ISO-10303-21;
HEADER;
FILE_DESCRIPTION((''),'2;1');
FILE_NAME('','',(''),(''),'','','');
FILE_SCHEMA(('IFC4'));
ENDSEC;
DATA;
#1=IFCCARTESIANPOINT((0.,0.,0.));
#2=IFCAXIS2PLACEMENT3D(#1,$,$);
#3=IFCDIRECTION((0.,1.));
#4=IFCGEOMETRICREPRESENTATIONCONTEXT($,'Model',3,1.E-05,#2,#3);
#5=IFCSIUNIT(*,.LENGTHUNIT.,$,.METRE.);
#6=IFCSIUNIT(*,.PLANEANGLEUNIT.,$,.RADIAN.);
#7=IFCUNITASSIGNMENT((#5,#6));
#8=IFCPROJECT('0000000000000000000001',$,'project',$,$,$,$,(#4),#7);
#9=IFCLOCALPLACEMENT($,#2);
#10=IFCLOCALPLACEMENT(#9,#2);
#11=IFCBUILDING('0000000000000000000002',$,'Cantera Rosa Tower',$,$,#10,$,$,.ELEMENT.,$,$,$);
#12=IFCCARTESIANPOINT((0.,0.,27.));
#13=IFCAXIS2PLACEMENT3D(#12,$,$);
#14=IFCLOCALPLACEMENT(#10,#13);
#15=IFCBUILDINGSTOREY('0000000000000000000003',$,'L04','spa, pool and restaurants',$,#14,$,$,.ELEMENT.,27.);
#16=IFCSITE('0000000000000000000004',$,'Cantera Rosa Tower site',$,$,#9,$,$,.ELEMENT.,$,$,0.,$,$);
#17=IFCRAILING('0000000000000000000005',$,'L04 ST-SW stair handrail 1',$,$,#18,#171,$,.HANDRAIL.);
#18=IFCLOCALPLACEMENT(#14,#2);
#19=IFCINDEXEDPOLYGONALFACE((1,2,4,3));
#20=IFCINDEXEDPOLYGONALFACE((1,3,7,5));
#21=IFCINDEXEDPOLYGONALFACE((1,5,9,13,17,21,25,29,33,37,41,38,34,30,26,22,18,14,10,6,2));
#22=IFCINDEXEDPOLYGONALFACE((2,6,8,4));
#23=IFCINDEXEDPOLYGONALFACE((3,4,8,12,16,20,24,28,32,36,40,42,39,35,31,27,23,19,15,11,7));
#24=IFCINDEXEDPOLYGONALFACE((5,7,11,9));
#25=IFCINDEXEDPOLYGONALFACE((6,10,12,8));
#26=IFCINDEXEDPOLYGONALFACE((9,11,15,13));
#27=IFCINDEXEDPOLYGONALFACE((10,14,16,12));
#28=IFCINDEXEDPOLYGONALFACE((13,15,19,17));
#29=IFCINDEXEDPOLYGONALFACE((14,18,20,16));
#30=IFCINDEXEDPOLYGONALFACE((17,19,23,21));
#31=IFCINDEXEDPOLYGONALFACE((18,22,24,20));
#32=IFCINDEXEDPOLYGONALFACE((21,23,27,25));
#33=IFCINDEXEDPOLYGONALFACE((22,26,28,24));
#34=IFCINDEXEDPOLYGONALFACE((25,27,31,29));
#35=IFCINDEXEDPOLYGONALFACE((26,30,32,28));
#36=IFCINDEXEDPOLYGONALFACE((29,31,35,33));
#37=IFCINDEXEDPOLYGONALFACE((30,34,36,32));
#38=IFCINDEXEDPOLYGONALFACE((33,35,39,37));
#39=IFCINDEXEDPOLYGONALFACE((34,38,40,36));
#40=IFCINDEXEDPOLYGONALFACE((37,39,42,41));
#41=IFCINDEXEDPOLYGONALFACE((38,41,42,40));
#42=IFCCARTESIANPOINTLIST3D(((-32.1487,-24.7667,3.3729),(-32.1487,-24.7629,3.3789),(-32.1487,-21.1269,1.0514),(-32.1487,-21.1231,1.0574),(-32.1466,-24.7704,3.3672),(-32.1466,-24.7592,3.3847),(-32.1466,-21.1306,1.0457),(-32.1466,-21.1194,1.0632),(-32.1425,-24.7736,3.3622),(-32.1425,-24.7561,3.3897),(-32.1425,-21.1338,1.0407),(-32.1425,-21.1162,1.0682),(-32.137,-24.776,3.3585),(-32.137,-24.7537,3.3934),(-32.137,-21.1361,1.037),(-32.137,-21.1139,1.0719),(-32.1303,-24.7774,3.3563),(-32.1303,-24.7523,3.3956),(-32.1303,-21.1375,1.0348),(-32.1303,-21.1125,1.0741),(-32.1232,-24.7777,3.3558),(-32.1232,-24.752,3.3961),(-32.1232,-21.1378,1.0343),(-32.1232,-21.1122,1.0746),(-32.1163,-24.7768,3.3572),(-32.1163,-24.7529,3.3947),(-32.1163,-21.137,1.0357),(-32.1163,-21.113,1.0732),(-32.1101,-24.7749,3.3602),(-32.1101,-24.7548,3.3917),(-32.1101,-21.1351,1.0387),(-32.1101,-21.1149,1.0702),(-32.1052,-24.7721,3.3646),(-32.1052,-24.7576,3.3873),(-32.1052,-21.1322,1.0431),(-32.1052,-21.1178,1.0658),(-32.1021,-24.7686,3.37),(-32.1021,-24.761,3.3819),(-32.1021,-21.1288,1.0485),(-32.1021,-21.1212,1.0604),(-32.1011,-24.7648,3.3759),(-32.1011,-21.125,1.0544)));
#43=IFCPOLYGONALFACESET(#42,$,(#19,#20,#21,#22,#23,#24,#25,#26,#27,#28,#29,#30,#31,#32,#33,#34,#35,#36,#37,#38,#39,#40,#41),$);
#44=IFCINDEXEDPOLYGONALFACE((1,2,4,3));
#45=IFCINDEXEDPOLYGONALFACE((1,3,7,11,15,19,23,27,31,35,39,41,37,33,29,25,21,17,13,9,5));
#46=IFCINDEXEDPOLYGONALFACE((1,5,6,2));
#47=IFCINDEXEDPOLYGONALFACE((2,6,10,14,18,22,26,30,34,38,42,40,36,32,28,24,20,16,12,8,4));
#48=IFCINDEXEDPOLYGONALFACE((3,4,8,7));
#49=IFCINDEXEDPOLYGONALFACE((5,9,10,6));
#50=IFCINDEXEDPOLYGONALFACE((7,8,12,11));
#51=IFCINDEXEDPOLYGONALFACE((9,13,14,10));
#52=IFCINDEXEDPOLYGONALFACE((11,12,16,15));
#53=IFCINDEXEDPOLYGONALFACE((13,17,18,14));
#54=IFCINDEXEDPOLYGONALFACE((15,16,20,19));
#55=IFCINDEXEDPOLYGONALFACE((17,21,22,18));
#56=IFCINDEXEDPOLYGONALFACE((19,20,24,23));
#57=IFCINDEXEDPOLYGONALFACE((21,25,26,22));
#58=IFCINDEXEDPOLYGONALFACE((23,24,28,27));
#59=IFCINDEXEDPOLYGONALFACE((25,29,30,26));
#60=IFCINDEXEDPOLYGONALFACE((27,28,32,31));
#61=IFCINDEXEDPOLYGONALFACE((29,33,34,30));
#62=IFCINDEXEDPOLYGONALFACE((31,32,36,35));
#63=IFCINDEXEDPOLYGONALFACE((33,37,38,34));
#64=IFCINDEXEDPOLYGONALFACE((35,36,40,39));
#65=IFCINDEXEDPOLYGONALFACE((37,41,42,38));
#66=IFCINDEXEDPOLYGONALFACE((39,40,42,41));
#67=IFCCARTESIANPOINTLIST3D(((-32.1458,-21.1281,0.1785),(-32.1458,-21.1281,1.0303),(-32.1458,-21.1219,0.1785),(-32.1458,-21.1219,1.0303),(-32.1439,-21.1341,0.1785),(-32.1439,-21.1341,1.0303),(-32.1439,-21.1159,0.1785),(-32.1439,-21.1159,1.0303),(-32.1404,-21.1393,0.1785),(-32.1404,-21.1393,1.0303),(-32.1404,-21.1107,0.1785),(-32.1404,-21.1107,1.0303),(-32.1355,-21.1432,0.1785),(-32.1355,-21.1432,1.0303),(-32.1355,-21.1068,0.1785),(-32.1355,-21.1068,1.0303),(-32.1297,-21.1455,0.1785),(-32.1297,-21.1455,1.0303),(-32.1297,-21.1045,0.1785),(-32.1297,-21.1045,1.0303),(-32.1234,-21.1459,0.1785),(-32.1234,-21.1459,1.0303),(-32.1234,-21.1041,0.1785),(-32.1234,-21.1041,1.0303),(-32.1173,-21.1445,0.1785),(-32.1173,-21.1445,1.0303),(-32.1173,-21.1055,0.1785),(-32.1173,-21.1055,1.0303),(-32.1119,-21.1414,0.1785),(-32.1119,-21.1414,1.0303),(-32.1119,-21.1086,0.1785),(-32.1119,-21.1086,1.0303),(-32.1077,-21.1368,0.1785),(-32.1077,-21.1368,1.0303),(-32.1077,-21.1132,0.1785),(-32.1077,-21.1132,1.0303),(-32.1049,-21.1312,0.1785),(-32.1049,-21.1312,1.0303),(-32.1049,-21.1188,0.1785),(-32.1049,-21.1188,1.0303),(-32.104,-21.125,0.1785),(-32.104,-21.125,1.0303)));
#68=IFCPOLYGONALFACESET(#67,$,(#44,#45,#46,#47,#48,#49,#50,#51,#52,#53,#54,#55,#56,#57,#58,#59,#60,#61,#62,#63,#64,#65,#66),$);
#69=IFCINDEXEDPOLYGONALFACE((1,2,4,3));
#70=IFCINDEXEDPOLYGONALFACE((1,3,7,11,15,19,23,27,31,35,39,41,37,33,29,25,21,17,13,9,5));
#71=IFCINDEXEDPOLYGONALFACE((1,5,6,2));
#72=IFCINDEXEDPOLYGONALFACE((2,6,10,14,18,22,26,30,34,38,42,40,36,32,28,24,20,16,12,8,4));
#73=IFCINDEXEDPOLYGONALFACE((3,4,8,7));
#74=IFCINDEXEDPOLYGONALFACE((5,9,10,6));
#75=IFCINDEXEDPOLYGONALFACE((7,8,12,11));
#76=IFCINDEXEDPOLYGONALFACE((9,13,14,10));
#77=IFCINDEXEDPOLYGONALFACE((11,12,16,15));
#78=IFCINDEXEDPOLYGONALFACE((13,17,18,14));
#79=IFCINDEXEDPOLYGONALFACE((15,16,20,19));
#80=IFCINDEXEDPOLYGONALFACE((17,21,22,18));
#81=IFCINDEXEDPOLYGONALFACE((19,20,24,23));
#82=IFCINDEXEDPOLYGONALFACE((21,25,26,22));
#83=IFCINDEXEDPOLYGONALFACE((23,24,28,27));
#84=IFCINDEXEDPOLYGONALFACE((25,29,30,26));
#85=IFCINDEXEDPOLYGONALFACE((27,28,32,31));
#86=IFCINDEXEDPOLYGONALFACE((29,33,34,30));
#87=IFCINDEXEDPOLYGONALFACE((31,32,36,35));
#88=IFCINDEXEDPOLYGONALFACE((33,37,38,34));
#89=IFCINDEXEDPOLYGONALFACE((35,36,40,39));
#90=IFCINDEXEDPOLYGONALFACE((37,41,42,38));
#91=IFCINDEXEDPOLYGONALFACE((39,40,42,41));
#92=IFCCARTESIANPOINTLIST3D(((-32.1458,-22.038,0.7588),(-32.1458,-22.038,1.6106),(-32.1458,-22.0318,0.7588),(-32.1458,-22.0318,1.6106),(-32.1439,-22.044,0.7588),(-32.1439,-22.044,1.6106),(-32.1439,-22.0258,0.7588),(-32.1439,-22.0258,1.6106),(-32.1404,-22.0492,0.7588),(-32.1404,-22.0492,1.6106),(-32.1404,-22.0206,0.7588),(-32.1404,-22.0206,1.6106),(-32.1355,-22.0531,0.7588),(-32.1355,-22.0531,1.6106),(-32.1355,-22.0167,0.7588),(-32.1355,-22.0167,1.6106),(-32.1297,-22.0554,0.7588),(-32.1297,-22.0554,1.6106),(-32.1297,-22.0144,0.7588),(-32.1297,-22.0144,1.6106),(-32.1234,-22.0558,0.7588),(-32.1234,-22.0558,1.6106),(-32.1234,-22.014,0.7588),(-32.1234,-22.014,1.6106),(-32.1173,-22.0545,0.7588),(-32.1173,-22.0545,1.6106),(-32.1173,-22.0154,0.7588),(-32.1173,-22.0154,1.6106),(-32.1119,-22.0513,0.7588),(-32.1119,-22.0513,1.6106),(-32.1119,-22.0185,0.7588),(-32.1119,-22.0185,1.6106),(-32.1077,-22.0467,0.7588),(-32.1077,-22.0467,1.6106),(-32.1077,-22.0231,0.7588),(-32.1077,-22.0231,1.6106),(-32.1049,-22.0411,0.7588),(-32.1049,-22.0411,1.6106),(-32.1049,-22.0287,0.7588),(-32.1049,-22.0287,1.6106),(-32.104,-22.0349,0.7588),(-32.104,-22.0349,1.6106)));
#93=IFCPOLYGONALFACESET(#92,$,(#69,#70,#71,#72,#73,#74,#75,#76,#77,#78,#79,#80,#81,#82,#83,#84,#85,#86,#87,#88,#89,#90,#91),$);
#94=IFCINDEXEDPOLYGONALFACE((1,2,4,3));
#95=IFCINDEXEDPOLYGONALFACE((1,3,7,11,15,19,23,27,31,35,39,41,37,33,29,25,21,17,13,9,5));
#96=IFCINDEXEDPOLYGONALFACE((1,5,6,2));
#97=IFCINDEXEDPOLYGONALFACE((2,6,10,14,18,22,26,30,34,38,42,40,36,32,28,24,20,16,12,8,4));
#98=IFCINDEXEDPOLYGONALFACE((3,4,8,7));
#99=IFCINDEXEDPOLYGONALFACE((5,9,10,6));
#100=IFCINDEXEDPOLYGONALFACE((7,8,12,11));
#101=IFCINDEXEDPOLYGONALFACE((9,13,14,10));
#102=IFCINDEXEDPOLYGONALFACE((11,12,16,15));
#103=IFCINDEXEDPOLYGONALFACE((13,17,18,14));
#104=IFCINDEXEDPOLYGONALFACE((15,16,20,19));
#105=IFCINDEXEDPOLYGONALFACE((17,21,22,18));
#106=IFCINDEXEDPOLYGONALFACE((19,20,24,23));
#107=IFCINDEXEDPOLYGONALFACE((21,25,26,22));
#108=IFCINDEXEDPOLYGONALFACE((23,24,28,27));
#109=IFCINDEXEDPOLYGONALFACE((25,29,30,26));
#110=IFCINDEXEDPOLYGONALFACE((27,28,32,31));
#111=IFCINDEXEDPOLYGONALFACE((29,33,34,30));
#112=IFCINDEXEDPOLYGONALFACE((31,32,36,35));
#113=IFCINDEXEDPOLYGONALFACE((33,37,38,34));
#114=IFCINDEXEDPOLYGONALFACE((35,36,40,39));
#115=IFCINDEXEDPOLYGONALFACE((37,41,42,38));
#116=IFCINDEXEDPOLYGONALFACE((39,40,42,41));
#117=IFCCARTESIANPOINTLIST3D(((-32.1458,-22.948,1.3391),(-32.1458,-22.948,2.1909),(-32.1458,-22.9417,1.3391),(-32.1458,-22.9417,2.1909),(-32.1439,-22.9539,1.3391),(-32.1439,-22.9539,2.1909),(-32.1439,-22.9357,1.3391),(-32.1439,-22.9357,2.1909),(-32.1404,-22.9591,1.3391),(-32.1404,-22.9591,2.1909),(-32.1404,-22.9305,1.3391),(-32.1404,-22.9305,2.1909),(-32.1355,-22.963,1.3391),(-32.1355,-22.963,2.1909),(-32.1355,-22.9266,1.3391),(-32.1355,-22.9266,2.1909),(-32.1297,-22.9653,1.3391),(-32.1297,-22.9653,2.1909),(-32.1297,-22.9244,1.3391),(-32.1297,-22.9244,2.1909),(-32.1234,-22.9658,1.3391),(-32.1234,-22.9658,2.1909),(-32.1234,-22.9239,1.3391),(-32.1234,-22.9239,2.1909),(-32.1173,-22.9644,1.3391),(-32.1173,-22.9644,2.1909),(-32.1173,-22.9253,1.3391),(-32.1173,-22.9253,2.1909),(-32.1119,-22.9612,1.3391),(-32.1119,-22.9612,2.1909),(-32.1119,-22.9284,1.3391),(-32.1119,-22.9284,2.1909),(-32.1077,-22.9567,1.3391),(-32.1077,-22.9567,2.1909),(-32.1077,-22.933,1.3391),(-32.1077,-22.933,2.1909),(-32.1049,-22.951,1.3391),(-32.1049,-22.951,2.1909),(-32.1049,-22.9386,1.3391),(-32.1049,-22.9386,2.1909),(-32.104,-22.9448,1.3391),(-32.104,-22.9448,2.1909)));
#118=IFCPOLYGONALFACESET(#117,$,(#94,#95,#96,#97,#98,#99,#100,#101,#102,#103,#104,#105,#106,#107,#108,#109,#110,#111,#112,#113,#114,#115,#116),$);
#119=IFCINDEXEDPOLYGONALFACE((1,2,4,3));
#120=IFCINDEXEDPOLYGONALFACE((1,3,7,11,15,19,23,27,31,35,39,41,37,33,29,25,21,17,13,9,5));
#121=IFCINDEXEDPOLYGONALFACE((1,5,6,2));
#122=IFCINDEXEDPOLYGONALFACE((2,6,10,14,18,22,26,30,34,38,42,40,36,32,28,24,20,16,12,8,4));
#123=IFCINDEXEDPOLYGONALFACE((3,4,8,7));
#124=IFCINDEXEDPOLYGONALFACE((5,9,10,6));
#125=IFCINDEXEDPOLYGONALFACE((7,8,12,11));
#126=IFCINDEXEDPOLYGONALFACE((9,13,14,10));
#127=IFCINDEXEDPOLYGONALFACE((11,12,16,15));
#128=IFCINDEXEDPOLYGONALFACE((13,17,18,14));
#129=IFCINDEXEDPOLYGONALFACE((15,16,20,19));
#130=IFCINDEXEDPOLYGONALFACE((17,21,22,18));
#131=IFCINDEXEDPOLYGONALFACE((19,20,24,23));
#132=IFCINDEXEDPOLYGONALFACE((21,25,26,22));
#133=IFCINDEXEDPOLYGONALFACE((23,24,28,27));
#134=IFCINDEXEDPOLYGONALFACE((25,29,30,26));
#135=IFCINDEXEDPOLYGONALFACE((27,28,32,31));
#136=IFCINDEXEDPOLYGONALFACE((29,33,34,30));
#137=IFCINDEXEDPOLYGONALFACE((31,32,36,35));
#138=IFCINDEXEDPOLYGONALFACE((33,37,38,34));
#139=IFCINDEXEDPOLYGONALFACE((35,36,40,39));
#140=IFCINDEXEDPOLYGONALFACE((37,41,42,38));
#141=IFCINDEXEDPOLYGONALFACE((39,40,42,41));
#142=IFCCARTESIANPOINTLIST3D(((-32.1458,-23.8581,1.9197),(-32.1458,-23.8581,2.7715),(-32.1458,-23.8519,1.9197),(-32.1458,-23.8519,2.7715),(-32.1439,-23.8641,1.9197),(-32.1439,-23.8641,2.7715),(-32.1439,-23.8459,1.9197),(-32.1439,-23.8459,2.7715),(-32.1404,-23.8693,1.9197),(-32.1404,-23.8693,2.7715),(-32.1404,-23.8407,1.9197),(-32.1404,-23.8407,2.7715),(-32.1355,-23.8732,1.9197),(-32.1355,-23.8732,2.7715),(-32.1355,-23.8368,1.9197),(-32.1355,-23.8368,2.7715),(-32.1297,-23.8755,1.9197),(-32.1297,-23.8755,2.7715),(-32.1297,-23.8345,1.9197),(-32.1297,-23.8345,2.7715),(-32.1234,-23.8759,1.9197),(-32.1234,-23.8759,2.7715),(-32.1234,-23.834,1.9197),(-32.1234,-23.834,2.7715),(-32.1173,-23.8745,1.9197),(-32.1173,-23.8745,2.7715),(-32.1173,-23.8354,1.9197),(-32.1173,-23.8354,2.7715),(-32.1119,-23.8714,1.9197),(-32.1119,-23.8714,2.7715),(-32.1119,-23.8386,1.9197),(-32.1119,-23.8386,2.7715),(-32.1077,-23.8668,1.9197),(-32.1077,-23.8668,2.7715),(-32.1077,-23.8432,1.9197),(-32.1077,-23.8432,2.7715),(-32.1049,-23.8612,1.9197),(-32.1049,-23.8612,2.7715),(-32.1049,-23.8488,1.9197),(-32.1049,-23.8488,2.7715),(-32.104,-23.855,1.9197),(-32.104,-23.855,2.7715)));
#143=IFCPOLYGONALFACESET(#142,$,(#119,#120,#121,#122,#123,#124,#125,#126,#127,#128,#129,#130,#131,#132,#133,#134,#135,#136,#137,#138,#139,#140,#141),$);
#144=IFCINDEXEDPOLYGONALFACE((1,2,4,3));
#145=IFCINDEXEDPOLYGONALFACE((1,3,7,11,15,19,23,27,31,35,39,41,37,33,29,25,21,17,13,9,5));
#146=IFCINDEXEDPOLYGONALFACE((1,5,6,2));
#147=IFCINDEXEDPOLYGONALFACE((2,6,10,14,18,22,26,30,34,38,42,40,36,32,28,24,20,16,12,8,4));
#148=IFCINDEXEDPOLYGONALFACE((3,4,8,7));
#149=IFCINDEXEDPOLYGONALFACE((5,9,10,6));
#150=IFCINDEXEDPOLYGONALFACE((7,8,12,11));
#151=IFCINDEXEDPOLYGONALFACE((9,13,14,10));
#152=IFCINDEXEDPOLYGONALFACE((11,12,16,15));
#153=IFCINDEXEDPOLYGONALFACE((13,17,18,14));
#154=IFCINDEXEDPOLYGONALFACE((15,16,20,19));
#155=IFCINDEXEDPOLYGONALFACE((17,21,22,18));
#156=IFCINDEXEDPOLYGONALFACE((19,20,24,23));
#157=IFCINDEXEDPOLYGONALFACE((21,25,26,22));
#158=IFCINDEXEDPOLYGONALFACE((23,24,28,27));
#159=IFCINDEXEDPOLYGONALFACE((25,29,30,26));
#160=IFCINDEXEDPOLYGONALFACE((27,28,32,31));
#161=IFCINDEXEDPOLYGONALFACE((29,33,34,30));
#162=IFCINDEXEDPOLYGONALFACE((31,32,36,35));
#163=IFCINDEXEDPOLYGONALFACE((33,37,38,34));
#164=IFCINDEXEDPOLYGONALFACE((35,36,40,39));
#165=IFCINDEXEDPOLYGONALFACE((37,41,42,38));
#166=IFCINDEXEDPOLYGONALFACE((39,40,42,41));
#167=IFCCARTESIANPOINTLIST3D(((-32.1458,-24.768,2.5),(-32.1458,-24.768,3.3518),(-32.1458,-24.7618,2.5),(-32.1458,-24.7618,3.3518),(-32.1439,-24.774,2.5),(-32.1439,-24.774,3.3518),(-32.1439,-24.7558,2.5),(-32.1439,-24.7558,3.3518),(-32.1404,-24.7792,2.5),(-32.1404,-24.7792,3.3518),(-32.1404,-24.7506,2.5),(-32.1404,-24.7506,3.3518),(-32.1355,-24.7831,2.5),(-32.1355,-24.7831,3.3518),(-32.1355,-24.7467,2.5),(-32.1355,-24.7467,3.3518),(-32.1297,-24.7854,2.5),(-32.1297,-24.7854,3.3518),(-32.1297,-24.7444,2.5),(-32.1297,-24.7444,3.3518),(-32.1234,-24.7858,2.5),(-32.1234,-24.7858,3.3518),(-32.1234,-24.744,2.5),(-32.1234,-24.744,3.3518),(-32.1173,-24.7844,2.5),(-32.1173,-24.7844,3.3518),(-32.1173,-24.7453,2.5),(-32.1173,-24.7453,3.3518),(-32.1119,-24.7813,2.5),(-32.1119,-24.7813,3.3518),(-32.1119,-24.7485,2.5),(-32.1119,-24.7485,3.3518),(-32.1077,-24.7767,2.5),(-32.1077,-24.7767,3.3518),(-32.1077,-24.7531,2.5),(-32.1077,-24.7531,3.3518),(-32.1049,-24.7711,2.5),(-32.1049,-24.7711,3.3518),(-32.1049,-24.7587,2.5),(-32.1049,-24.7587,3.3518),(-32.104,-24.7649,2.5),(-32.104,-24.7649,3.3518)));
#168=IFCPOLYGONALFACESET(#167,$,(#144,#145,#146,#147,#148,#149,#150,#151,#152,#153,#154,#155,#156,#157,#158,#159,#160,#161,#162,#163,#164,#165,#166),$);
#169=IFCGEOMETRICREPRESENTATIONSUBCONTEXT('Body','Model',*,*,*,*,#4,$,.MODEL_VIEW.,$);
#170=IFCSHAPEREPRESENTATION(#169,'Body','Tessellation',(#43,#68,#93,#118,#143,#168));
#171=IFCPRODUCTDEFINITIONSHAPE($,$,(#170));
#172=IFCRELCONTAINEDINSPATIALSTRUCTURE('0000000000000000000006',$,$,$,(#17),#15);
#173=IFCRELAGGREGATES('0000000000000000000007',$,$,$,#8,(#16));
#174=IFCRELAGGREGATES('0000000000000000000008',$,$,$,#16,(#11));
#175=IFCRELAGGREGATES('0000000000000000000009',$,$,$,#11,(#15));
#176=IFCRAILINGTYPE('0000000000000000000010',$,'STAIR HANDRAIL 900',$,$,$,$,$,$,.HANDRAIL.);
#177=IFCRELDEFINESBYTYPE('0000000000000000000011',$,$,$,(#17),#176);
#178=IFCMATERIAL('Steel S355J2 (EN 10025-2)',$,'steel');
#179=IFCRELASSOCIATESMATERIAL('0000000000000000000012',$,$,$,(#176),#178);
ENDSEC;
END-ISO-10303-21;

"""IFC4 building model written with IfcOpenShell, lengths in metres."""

from ifc_helpers import new_model, si_unit, direction, frame, origin, origin_2d, place, context, subcontext, project, spatial, circle, extrude, material, type_object, element, save


model = new_model("IFC4")

# Units and contexts
model_context = context("Model", 3, precision=1e-05, world=origin(), true_north=direction((0.0, 1.0)))
body_context = subcontext(model_context, "Body", "Model", "MODEL_VIEW")
ifc_project = project(units=[si_unit("LENGTHUNIT", "METRE"), si_unit("PLANEANGLEUNIT", "RADIAN")], contexts=[model_context])

# Site, building, storey
site_placement = place(None, origin())
site = spatial("IfcSite", under=ifc_project, at=site_placement, Name="Cantera Rosa Tower site", CompositionType="ELEMENT", RefElevation=0.0)
building_placement = place(site_placement, origin())
building = spatial("IfcBuilding", under=site, at=building_placement, Name="Cantera Rosa Tower", CompositionType="ELEMENT")
storey_placement = place(building_placement, frame((0.0, 0.0, 27.0)))
storey = spatial("IfcBuildingStorey", under=building, at=storey_placement, Name="L04", Description="spa, pool and restaurants", CompositionType="ELEMENT", Elevation=27.0)

# Railing
ifc_material_1 = material(Name="Steel S355J2 (EN 10025-2)", Category="steel")
railing_type_1 = type_object("IfcRailingType", Name="STAIR HANDRAIL 900", PredefinedType="HANDRAIL", material=ifc_material_1)
railing_1_placement = place(storey_placement, frame((-32.125, -21.125, 0.1785)))
element("IfcRailing", 1, at=railing_1_placement, inside=storey, type_object=railing_type_1, Name="L04 ST-SW stair handrail 1", PredefinedType="HANDRAIL", context=body_context, shape_type="SweptSolid", body=[
    extrude(circle(Radius=0.0239, at=origin_2d()), frame((0.0, 0.0, 0.876), z_axis=(0.0, -0.843112, 0.537739), x_axis=(1.0, 0.0, 0.0)), (0.0, 0.0, 1.0), 4.3171),
    extrude(circle(Radius=0.021, at=origin_2d()), origin(), (0.0, 0.0, 1.0), 0.8518),
    extrude(circle(Radius=0.021, at=origin_2d()), frame((0.0, -0.9099, 0.5803)), (0.0, 0.0, 1.0), 0.8518),
    extrude(circle(Radius=0.021, at=origin_2d()), frame((0.0, -1.8198, 1.1606)), (0.0, 0.0, 1.0), 0.8518),
    extrude(circle(Radius=0.021, at=origin_2d()), frame((0.0, -2.73, 1.7412)), (0.0, 0.0, 1.0), 0.8518),
    extrude(circle(Radius=0.021, at=origin_2d()), frame((0.0, -3.6399, 2.3215)), (0.0, 0.0, 1.0), 0.8518),
])

save(model, "model.ifc")
